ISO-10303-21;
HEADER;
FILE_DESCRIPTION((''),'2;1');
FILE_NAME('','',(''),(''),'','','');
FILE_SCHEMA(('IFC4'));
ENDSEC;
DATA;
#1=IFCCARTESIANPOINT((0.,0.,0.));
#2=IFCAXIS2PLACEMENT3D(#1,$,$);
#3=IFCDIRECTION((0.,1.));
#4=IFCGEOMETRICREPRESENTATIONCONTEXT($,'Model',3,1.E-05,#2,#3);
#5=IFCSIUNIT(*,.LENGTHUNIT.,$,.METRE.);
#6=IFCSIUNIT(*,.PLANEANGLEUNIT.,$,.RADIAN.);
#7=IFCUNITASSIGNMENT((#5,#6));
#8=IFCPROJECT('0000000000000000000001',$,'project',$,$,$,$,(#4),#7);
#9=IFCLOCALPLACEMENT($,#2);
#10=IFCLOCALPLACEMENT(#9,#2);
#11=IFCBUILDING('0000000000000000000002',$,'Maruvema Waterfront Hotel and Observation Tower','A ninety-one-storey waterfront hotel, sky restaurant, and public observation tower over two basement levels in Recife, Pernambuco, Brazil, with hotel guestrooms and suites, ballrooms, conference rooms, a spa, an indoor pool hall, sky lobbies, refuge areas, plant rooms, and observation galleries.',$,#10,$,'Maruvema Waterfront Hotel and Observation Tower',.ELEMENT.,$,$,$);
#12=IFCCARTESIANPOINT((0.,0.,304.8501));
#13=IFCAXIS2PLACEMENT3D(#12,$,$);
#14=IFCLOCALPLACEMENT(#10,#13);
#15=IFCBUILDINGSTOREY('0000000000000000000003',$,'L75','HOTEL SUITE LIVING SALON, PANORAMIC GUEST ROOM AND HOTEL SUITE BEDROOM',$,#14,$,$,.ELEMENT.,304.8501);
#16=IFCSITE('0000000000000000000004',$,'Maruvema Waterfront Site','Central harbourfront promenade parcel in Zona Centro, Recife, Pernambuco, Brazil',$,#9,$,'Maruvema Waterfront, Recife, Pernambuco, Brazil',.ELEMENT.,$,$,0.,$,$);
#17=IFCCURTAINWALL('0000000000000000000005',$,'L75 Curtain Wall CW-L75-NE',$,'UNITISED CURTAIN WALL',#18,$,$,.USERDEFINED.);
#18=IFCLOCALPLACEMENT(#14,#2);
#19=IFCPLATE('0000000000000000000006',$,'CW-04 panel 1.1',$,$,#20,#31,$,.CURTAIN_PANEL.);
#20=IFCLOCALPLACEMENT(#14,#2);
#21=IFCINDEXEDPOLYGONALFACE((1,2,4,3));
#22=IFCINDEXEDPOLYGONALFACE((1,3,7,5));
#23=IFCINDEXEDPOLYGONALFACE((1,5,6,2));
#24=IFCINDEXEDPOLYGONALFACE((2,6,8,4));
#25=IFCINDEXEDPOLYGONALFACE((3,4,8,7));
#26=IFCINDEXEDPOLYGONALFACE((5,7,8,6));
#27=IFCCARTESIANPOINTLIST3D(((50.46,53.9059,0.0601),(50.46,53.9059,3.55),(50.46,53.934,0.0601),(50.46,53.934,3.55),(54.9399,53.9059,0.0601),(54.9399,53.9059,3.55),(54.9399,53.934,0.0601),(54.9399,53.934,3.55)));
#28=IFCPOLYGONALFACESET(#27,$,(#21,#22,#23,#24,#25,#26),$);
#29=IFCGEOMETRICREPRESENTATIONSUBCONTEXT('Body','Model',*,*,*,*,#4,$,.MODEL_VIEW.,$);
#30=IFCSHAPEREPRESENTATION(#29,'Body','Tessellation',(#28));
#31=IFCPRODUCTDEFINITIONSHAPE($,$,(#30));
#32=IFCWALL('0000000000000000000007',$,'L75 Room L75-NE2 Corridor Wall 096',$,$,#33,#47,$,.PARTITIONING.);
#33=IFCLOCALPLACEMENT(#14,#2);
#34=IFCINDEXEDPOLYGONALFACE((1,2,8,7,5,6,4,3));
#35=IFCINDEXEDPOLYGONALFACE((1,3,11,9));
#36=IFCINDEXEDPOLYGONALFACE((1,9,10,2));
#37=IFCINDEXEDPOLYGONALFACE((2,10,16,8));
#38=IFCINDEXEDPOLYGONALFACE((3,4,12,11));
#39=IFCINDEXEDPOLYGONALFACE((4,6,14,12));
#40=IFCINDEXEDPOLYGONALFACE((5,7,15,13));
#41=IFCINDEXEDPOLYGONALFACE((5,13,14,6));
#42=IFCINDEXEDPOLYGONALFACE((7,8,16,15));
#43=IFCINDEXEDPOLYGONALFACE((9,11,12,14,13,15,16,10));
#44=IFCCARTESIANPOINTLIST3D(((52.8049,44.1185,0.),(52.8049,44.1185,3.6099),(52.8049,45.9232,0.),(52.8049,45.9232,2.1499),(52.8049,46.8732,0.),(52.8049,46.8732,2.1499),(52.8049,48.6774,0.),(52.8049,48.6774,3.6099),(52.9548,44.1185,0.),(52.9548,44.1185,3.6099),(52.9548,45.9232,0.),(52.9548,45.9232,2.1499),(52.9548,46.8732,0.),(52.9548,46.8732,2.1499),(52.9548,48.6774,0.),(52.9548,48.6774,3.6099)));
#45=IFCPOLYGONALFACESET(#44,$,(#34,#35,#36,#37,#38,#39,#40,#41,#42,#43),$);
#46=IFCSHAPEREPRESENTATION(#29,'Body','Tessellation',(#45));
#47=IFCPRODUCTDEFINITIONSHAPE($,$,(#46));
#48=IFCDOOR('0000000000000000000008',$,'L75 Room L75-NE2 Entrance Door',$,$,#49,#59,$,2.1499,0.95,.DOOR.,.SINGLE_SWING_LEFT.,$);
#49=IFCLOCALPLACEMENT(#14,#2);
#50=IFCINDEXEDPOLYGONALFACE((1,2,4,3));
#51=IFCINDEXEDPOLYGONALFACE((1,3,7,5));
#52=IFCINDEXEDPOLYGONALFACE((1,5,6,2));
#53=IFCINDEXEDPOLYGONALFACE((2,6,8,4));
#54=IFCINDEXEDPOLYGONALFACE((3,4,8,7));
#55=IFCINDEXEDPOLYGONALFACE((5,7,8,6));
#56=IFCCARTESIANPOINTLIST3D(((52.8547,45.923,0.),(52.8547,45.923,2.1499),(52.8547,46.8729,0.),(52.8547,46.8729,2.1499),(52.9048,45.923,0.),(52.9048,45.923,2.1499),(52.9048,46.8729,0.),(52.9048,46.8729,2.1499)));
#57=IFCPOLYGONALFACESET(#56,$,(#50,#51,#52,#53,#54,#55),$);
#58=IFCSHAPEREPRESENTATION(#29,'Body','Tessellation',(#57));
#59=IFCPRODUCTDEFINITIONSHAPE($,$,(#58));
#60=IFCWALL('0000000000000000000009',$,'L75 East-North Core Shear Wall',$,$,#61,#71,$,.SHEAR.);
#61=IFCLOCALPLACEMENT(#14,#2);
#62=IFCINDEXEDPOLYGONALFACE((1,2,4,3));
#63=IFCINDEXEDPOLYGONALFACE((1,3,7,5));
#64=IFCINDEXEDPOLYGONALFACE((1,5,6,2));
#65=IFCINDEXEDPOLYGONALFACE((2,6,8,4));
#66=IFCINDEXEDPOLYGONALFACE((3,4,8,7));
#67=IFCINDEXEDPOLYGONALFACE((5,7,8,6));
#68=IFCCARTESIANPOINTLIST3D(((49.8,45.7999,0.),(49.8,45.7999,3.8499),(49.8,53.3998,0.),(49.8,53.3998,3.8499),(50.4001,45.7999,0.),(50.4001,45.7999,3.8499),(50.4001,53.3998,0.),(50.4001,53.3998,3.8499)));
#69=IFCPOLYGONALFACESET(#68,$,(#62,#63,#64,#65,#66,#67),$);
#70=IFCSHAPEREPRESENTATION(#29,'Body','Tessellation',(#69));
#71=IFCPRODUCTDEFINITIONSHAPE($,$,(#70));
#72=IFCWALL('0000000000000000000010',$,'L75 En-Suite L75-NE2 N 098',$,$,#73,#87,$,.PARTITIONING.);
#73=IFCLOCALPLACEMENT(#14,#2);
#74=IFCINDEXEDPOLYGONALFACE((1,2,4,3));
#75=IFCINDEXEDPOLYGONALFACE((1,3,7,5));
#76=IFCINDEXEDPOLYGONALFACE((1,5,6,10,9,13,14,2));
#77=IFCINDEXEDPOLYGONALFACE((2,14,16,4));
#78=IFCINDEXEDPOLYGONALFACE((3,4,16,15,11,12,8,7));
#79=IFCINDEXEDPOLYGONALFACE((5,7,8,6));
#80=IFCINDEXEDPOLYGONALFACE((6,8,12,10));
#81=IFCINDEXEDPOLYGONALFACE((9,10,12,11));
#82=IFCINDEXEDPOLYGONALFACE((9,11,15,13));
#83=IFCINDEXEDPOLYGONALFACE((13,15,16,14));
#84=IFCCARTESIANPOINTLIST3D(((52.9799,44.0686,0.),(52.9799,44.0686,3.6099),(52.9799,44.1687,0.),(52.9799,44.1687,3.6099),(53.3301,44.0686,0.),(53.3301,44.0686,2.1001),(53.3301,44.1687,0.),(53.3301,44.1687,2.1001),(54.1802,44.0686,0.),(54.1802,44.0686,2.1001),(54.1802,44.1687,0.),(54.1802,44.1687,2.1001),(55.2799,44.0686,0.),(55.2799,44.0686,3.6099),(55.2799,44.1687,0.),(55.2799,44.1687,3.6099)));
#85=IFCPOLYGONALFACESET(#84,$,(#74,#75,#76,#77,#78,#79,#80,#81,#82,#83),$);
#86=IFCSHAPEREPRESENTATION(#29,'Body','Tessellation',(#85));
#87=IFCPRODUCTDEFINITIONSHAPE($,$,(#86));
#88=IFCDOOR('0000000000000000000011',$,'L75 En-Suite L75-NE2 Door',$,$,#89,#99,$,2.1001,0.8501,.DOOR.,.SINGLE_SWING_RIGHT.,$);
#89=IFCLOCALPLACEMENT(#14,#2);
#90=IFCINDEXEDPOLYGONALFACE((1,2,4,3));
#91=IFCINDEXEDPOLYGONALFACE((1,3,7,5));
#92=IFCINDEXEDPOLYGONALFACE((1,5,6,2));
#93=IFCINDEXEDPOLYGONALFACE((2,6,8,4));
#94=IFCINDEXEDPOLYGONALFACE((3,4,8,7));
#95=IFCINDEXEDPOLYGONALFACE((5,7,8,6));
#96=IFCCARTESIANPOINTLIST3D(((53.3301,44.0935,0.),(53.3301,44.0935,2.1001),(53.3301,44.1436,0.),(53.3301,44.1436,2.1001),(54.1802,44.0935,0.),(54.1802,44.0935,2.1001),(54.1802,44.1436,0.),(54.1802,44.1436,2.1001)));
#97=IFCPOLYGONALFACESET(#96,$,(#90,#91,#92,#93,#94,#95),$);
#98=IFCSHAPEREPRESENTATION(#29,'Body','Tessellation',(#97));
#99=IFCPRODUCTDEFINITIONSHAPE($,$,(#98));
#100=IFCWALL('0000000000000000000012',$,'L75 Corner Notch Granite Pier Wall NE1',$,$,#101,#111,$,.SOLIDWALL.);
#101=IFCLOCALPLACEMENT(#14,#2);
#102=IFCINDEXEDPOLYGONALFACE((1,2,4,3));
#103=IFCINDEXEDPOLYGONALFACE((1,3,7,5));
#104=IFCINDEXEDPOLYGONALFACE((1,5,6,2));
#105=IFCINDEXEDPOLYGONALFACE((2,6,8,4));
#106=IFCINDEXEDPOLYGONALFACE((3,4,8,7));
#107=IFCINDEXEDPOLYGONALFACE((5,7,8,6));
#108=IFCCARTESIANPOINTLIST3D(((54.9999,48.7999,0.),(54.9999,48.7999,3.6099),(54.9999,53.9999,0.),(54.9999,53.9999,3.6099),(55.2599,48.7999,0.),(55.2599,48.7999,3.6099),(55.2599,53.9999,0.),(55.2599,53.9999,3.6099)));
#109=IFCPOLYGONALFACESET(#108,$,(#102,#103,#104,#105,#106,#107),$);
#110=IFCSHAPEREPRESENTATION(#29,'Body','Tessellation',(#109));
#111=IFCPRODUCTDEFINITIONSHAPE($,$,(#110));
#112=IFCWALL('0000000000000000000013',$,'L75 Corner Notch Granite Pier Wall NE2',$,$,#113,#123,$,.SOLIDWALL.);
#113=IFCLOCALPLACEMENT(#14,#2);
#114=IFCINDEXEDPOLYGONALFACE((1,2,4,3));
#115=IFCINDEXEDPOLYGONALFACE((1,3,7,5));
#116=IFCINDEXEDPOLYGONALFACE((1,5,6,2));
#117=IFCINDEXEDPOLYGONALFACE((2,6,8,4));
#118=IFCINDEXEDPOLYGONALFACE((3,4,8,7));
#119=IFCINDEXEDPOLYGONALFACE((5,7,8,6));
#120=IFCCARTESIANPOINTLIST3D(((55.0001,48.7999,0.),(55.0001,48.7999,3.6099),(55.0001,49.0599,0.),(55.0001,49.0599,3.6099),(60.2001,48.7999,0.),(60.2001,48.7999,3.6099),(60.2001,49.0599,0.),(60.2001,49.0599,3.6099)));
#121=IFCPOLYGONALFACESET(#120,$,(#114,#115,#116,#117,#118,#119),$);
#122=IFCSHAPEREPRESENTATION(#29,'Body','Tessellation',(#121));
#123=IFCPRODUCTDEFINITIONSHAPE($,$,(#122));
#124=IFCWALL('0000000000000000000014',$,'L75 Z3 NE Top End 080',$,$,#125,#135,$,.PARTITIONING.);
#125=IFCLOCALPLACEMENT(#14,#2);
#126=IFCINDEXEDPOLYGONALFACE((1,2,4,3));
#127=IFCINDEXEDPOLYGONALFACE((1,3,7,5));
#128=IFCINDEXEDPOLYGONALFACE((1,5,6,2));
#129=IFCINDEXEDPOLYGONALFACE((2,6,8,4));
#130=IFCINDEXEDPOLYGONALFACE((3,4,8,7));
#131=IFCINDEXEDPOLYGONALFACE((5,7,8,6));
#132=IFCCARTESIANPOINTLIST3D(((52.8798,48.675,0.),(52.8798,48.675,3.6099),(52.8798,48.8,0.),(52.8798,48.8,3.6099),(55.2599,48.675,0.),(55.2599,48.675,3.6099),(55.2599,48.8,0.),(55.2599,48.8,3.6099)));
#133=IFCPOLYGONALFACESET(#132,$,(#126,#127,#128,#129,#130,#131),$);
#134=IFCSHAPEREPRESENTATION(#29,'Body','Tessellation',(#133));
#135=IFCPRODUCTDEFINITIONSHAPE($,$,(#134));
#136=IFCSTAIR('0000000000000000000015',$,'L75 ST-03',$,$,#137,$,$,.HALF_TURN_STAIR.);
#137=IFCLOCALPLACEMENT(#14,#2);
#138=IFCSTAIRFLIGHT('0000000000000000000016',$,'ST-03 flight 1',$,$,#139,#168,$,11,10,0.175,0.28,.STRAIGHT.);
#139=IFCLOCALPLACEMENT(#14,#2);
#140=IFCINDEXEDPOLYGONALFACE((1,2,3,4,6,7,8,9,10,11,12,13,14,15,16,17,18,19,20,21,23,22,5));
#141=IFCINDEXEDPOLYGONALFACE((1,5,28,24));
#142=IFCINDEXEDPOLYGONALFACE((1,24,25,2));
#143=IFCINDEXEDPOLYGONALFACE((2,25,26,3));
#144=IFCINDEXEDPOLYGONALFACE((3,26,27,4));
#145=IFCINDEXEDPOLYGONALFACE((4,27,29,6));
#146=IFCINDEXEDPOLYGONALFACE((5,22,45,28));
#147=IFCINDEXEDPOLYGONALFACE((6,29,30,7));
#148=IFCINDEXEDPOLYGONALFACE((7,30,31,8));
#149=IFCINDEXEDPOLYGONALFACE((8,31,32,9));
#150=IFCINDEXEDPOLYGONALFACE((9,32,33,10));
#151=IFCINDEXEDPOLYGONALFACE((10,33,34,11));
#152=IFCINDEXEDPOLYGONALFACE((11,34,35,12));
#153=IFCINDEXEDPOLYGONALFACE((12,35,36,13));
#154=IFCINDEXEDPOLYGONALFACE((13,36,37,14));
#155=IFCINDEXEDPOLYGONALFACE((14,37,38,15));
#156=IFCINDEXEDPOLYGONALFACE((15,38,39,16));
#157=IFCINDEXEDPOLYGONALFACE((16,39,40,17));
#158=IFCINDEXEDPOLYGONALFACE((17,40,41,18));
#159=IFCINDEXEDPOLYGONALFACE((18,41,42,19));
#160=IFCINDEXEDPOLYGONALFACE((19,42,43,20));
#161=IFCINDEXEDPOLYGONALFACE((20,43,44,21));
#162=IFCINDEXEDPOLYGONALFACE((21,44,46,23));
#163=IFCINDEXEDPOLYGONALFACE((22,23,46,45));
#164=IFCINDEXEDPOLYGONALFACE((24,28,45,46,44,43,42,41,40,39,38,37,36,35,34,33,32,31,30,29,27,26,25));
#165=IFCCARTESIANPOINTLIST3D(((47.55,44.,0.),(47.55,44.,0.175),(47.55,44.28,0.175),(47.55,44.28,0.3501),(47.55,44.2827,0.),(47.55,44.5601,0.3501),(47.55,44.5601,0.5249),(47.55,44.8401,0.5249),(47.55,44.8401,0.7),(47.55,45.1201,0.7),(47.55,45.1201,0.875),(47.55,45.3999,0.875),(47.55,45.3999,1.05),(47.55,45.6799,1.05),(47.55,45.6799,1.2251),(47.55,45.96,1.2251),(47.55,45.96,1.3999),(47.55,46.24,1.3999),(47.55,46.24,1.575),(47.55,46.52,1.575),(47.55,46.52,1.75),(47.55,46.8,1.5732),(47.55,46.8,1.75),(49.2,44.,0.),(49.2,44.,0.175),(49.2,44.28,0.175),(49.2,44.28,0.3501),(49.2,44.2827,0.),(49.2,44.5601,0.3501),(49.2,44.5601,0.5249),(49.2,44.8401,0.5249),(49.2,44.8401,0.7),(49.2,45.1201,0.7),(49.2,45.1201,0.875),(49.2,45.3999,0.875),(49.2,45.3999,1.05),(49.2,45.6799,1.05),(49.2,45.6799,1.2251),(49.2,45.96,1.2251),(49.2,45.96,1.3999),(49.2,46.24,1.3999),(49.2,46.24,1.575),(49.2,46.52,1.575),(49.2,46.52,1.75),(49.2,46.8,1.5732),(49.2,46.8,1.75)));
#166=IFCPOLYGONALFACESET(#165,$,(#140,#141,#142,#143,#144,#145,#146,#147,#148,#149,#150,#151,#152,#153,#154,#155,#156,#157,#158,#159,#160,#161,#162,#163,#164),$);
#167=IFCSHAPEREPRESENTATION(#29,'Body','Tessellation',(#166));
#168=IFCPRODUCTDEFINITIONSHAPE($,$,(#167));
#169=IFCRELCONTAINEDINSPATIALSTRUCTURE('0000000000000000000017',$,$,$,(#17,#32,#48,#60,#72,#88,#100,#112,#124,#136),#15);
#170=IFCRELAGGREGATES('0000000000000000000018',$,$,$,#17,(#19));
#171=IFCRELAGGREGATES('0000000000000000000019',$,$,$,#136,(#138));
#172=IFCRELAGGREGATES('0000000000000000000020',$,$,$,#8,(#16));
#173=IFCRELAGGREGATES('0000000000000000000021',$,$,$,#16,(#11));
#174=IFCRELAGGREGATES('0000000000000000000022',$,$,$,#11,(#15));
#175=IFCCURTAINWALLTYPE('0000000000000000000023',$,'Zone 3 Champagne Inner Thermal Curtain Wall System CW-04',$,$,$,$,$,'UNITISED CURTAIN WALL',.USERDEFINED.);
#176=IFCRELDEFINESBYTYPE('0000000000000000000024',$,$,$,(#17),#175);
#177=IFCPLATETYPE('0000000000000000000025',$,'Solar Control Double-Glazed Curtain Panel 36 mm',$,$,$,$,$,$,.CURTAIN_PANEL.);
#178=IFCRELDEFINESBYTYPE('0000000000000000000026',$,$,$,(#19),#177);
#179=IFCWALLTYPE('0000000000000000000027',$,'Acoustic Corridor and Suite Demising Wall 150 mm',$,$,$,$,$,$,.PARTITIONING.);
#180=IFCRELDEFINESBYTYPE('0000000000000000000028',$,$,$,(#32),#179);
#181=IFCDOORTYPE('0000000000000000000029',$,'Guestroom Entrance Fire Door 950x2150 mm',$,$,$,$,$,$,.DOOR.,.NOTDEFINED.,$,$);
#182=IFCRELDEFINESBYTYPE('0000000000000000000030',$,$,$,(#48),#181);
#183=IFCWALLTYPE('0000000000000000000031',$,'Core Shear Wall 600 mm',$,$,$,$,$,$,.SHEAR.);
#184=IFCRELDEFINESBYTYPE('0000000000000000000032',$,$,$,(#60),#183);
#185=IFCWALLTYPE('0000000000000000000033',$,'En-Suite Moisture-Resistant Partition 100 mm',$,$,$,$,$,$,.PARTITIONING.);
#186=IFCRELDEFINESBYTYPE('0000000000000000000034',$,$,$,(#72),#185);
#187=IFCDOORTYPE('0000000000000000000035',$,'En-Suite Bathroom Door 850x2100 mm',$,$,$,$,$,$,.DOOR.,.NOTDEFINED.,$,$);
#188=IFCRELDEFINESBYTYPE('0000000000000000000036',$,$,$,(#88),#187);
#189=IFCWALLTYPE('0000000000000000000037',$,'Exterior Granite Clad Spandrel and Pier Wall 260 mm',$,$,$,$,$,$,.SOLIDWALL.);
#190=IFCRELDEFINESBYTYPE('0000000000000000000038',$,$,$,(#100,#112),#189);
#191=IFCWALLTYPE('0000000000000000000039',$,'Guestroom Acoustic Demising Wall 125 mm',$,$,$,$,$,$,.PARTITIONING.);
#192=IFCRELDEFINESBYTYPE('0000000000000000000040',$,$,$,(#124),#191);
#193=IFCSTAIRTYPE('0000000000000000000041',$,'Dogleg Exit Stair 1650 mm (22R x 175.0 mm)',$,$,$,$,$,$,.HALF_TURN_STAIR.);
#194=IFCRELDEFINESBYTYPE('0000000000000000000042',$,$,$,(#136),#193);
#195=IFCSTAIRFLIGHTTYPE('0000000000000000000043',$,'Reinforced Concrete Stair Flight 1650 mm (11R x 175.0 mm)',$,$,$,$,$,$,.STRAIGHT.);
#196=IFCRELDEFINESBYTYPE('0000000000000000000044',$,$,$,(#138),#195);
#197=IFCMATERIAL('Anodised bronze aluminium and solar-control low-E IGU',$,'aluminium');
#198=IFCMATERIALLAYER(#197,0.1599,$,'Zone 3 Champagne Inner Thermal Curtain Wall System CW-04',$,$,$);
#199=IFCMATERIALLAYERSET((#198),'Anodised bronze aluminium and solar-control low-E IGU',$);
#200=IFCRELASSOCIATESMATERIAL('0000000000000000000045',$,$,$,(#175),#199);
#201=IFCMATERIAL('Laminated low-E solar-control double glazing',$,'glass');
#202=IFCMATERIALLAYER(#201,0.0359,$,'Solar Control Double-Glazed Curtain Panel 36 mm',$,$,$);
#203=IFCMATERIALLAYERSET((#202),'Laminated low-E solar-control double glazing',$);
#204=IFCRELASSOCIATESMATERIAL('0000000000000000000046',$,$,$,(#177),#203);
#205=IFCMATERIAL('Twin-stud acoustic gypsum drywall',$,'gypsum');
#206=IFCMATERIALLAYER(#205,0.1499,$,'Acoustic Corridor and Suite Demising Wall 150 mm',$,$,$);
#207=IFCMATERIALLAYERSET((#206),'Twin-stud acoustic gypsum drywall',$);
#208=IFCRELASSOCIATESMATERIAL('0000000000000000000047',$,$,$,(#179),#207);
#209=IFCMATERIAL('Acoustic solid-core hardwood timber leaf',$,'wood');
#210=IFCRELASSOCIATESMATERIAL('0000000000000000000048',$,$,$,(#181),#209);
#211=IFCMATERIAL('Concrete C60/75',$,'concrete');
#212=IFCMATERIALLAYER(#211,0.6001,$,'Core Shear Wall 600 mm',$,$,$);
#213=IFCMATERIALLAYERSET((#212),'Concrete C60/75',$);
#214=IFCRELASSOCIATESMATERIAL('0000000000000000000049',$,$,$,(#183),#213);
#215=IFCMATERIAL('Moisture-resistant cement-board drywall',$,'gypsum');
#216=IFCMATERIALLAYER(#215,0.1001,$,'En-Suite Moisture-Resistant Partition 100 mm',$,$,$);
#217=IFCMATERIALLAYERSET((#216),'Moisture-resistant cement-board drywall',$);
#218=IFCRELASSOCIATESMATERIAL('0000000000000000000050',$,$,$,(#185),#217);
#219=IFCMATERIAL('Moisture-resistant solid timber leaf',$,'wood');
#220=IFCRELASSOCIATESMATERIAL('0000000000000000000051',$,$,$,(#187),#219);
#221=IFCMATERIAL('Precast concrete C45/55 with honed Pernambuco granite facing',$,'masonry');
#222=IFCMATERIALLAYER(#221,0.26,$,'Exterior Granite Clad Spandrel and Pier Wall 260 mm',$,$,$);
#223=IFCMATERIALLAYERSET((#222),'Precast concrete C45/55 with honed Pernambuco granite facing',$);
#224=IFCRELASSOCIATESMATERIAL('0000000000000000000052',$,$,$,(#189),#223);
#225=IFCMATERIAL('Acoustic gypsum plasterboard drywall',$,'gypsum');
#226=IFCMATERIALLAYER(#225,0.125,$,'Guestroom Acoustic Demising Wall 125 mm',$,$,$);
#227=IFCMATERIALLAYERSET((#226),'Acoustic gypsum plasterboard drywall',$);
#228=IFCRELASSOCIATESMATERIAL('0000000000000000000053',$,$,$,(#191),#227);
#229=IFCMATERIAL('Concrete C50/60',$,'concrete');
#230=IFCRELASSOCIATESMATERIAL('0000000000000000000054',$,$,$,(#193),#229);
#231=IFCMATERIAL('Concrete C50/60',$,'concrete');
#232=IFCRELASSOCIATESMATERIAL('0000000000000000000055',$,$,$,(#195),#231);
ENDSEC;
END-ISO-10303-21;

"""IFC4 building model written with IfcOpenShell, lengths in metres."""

from ifc_helpers import new_model, si_unit, direction, frame, frame_2d, origin, origin_2d, place, context, subcontext, project, spatial, polyline, rectangle, outline, extrude, material, layer, layer_set, type_object, element, fill, aggregate, save


model = new_model("IFC4")

# Units and contexts
model_context = context("Model", 3, precision=1e-05, world=origin(), true_north=direction((0.0, 1.0)))
body_context = subcontext(model_context, "Body", "Model", "MODEL_VIEW")
ifc_project = project(units=[si_unit("LENGTHUNIT", "METRE"), si_unit("PLANEANGLEUNIT", "RADIAN")], contexts=[model_context])

# Site, building, storey
site_placement = place(None, origin())
site = spatial("IfcSite", under=ifc_project, at=site_placement, Name="Maruvema Waterfront Site", Description="Central harbourfront promenade parcel in Zona Centro, Recife, Pernambuco, Brazil", LongName="Maruvema Waterfront, Recife, Pernambuco, Brazil", CompositionType="ELEMENT", RefElevation=0.0)
building_placement = place(site_placement, origin())
building = spatial("IfcBuilding", under=site, at=building_placement, Name="Maruvema Waterfront Hotel and Observation Tower", Description="A ninety-one-storey waterfront hotel, sky restaurant, and public observation tower over two basement levels in Recife, Pernambuco, Brazil, with hotel guestrooms and suites, ballrooms, conference rooms, a spa, an indoor pool hall, sky lobbies, refuge areas, plant rooms, and observation galleries.", LongName="Maruvema Waterfront Hotel and Observation Tower", CompositionType="ELEMENT")
storey_placement = place(building_placement, frame((0.0, 0.0, 304.8501)))
storey = spatial("IfcBuildingStorey", under=building, at=storey_placement, Name="L75", Description="HOTEL SUITE LIVING SALON, PANORAMIC GUEST ROOM AND HOTEL SUITE BEDROOM", CompositionType="ELEMENT", Elevation=304.8501)

# Curtain wall
ifc_material_1 = material(Name="Anodised bronze aluminium and solar-control low-E IGU", Category="aluminium")
ifc_layer_1 = layer(ifc_material_1, 0.1599, Name="Zone 3 Champagne Inner Thermal Curtain Wall System CW-04")
ifc_layer_set_1 = layer_set([ifc_layer_1], Name="Anodised bronze aluminium and solar-control low-E IGU")
curtain_wall_type = type_object("IfcCurtainWallType", Name="Zone 3 Champagne Inner Thermal Curtain Wall System CW-04", ElementType="UNITISED CURTAIN WALL", PredefinedType="USERDEFINED", material=ifc_layer_set_1)
curtain_wall_1_placement = place(storey_placement, origin())
curtain_wall_1 = element("IfcCurtainWall", 1, at=curtain_wall_1_placement, inside=storey, type_object=curtain_wall_type, Name="L75 Curtain Wall CW-L75-NE", ObjectType="UNITISED CURTAIN WALL", PredefinedType="USERDEFINED")

# Plate
ifc_material_2 = material(Name="Laminated low-E solar-control double glazing", Category="glass")
ifc_layer_2 = layer(ifc_material_2, 0.0359, Name="Solar Control Double-Glazed Curtain Panel 36 mm")
ifc_layer_set_2 = layer_set([ifc_layer_2], Name="Laminated low-E solar-control double glazing")
plate_type = type_object("IfcPlateType", Name="Solar Control Double-Glazed Curtain Panel 36 mm", PredefinedType="CURTAIN_PANEL", material=ifc_layer_set_2)
plate_1_placement = place(storey_placement, frame((52.7, 53.9199, 0.0601), z_axis=(0.0, 0.0, 1.0), x_axis=(-1.0, 0.0, 0.0)))
plate_1 = element("IfcPlate", 2, at=plate_1_placement, type_object=plate_type, Name="CW-04 panel 1.1", PredefinedType="CURTAIN_PANEL", context=body_context, shape_type="SweptSolid", body=[
    extrude(rectangle(XDim=4.48, YDim=0.0281, at=origin_2d()), origin(), (0.0, 0.0, 1.0), 3.49),
])
aggregate(curtain_wall_1, [plate_1])

# Wall, opening, door
ifc_material_3 = material(Name="Twin-stud acoustic gypsum drywall", Category="gypsum")
ifc_layer_3 = layer(ifc_material_3, 0.1499, Name="Acoustic Corridor and Suite Demising Wall 150 mm")
ifc_layer_set_3 = layer_set([ifc_layer_3], Name="Twin-stud acoustic gypsum drywall")
wall_type_1 = type_object("IfcWallType", Name="Acoustic Corridor and Suite Demising Wall 150 mm", PredefinedType="PARTITIONING", material=ifc_layer_set_3)
wall_1_placement = place(storey_placement, frame((52.8799, 44.1187, 0.0), z_axis=(0.0, 0.0, 1.0), x_axis=(0.0, 1.0, 0.0)))
wall_1 = element("IfcWall", 3, at=wall_1_placement, inside=storey, type_object=wall_type_1, Name="L75 Room L75-NE2 Corridor Wall 096", PredefinedType="PARTITIONING", context=body_context, shape_type="SweptSolid", body=[
    extrude(rectangle(XDim=4.5588, YDim=0.1499, at=frame_2d((2.2793, 0.0))), origin(), (0.0, 0.0, 1.0), 3.6099),
])
opening_1_placement = place(wall_1_placement, frame((1.8044, 0.0, 0.0)))
opening_1 = element("IfcOpeningElement", 4, at=opening_1_placement, cuts=wall_1, PredefinedType="OPENING", context=body_context, shape_type="SweptSolid", body=[
    extrude(rectangle(XDim=0.95, YDim=2.1499, at=frame_2d((0.4751, 1.075))), frame((0.0, 0.085, 0.0), z_axis=(0.0, -1.0, 0.0), x_axis=(1.0, 0.0, 0.0)), (0.0, 0.0, 1.0), 0.1699),
])
ifc_material_4 = material(Name="Acoustic solid-core hardwood timber leaf", Category="wood")
door_type_1 = type_object("IfcDoorType", Name="Guestroom Entrance Fire Door 950x2150 mm", OperationType="NOTDEFINED", PredefinedType="DOOR", material=ifc_material_4)
door_1_placement = place(opening_1_placement, frame((0.95, 0.0, 0.0), z_axis=(0.0, 0.0, 1.0), x_axis=(-1.0, 0.0, 0.0)))
door_1 = element("IfcDoor", 5, at=door_1_placement, inside=storey, type_object=door_type_1, Name="L75 Room L75-NE2 Entrance Door", OperationType="SINGLE_SWING_LEFT", OverallHeight=2.1499, OverallWidth=0.95, PredefinedType="DOOR", context=body_context, shape_type="SweptSolid", body=[
    extrude(rectangle(XDim=0.95, YDim=2.1499, at=frame_2d((0.4751, 1.075))), frame((0.0, 0.0249, 0.0), z_axis=(0.0, -1.0, 0.0), x_axis=(1.0, 0.0, 0.0)), (0.0, 0.0, 1.0), 0.05),
])
fill(opening_1, door_1)

# Wall
ifc_material_5 = material(Name="Concrete C60/75", Category="concrete")
ifc_layer_4 = layer(ifc_material_5, 0.6001, Name="Core Shear Wall 600 mm")
ifc_layer_set_4 = layer_set([ifc_layer_4], Name="Concrete C60/75")
wall_type_2 = type_object("IfcWallType", Name="Core Shear Wall 600 mm", PredefinedType="SHEAR", material=ifc_layer_set_4)
wall_2_placement = place(storey_placement, frame((50.1001, 45.8, 0.0), z_axis=(0.0, 0.0, 1.0), x_axis=(0.0, 1.0, 0.0)))
element("IfcWall", 6, at=wall_2_placement, inside=storey, type_object=wall_type_2, Name="L75 East-North Core Shear Wall", PredefinedType="SHEAR", context=body_context, shape_type="SweptSolid", body=[
    extrude(rectangle(XDim=7.5999, YDim=0.6001, at=frame_2d((3.7998, 0.0))), origin(), (0.0, 0.0, 1.0), 3.8499),
])

# Wall, opening, door
ifc_material_6 = material(Name="Moisture-resistant cement-board drywall", Category="gypsum")
ifc_layer_5 = layer(ifc_material_6, 0.1001, Name="En-Suite Moisture-Resistant Partition 100 mm")
ifc_layer_set_5 = layer_set([ifc_layer_5], Name="Moisture-resistant cement-board drywall")
wall_type_3 = type_object("IfcWallType", Name="En-Suite Moisture-Resistant Partition 100 mm", PredefinedType="PARTITIONING", material=ifc_layer_set_5)
wall_3_placement = place(storey_placement, frame((52.98, 44.1187, 0.0), z_axis=(0.0, 0.0, 1.0), x_axis=(1.0, 0.0, 0.0)))
wall_3 = element("IfcWall", 7, at=wall_3_placement, inside=storey, type_object=wall_type_3, Name="L75 En-Suite L75-NE2 N 098", PredefinedType="PARTITIONING", context=body_context, shape_type="SweptSolid", body=[
    extrude(rectangle(XDim=2.3, YDim=0.1001, at=frame_2d((1.1499, 0.0))), origin(), (0.0, 0.0, 1.0), 3.6099),
])
opening_2_placement = place(wall_3_placement, frame((0.3501, 0.0, 0.0)))
opening_2 = element("IfcOpeningElement", 8, at=opening_2_placement, cuts=wall_3, PredefinedType="OPENING", context=body_context, shape_type="SweptSolid", body=[
    extrude(rectangle(XDim=0.8501, YDim=2.1001, at=frame_2d((0.425, 1.05))), frame((0.0, 0.0601, 0.0), z_axis=(0.0, -1.0, 0.0), x_axis=(1.0, 0.0, 0.0)), (0.0, 0.0, 1.0), 0.1201),
])
ifc_material_7 = material(Name="Moisture-resistant solid timber leaf", Category="wood")
door_type_2 = type_object("IfcDoorType", Name="En-Suite Bathroom Door 850x2100 mm", OperationType="NOTDEFINED", PredefinedType="DOOR", material=ifc_material_7)
door_2_placement = place(opening_2_placement, origin())
door_2 = element("IfcDoor", 9, at=door_2_placement, inside=storey, type_object=door_type_2, Name="L75 En-Suite L75-NE2 Door", OperationType="SINGLE_SWING_RIGHT", OverallHeight=2.1001, OverallWidth=0.8501, PredefinedType="DOOR", context=body_context, shape_type="SweptSolid", body=[
    extrude(rectangle(XDim=0.8501, YDim=2.1001, at=frame_2d((0.425, 1.05))), frame((0.0, 0.0249, 0.0), z_axis=(0.0, -1.0, 0.0), x_axis=(1.0, 0.0, 0.0)), (0.0, 0.0, 1.0), 0.05),
])
fill(opening_2, door_2)

# Walls
ifc_material_8 = material(Name="Precast concrete C45/55 with honed Pernambuco granite facing", Category="masonry")
ifc_layer_6 = layer(ifc_material_8, 0.26, Name="Exterior Granite Clad Spandrel and Pier Wall 260 mm")
ifc_layer_set_6 = layer_set([ifc_layer_6], Name="Precast concrete C45/55 with honed Pernambuco granite facing")
wall_type_4 = type_object("IfcWallType", Name="Exterior Granite Clad Spandrel and Pier Wall 260 mm", PredefinedType="SOLIDWALL", material=ifc_layer_set_6)
for number, where, z_axis, x_axis, name in (
    (10, (55.1299, 54.0, 0.0), (0.0, 0.0, 1.0), (0.0, -1.0, 0.0), "L75 Corner Notch Granite Pier Wall NE1"),
    (11, (55.0, 48.9299, 0.0), (0.0, 0.0, 1.0), (1.0, 0.0, 0.0), "L75 Corner Notch Granite Pier Wall NE2"),
):
    element("IfcWall", number, at=place(storey_placement, frame(where, z_axis=z_axis, x_axis=x_axis)), inside=storey, type_object=wall_type_4, Name=name, PredefinedType="SOLIDWALL", context=body_context, shape_type="SweptSolid", body=[
        extrude(rectangle(XDim=5.2, YDim=0.26, at=frame_2d((2.6001, 0.0))), origin(), (0.0, 0.0, 1.0), 3.6099),
    ])
ifc_material_9 = material(Name="Acoustic gypsum plasterboard drywall", Category="gypsum")
ifc_layer_7 = layer(ifc_material_9, 0.125, Name="Guestroom Acoustic Demising Wall 125 mm")
ifc_layer_set_7 = layer_set([ifc_layer_7], Name="Acoustic gypsum plasterboard drywall")
wall_type_5 = type_object("IfcWallType", Name="Guestroom Acoustic Demising Wall 125 mm", PredefinedType="PARTITIONING", material=ifc_layer_set_7)
wall_4_placement = place(storey_placement, frame((52.8799, 48.7375, 0.0), z_axis=(0.0, 0.0, 1.0), x_axis=(1.0, 0.0, 0.0)))
element("IfcWall", 12, at=wall_4_placement, inside=storey, type_object=wall_type_5, Name="L75 Z3 NE Top End 080", PredefinedType="PARTITIONING", context=body_context, shape_type="SweptSolid", body=[
    extrude(rectangle(XDim=2.3801, YDim=0.125, at=frame_2d((1.1899, 0.0))), origin(), (0.0, 0.0, 1.0), 3.6099),
])

# Stair, stair flight
ifc_material_10 = material(Name="Concrete C50/60", Category="concrete")
stair_type = type_object("IfcStairType", Name="Dogleg Exit Stair 1650 mm (22R x 175.0 mm)", PredefinedType="HALF_TURN_STAIR", material=ifc_material_10)
stair_placement = place(storey_placement, origin())
stair = element("IfcStair", 13, at=stair_placement, inside=storey, type_object=stair_type, Name="L75 ST-03", PredefinedType="HALF_TURN_STAIR")
ifc_material_11 = material(Name="Concrete C50/60", Category="concrete")
stair_flight_type = type_object("IfcStairFlightType", Name="Reinforced Concrete Stair Flight 1650 mm (11R x 175.0 mm)", PredefinedType="STRAIGHT", material=ifc_material_11)
stair_flight_placement = place(storey_placement, frame((48.375, 44.0, 0.0), z_axis=(0.0, 0.0, 1.0), x_axis=(0.0, 1.0, 0.0)))
stair_flight = element("IfcStairFlight", 14, at=stair_flight_placement, type_object=stair_flight_type, Name="ST-03 flight 1", NumberOfRisers=11, NumberOfTreads=10, PredefinedType="STRAIGHT", RiserHeight=0.175, TreadLength=0.28, context=body_context, shape_type="SweptSolid", body=[
    extrude(outline(polyline([(0.0, 0.0), (0.0, 0.175), (0.28, 0.175), (0.28, 0.3501), (0.5601, 0.3501), (0.5601, 0.5249), (0.8401, 0.5249), (0.8401, 0.7), (1.1201, 0.7), (1.1201, 0.875), (1.3999, 0.875), (1.3999, 1.05), (1.6799, 1.05), (1.6799, 1.2251), (1.96, 1.2251), (1.96, 1.3999), (2.24, 1.3999), (2.24, 1.575), (2.52, 1.575), (2.52, 1.75), (2.8, 1.75), (2.8, 1.925), (2.8, 1.5732), (0.2827, 0.0), (0.0, 0.0)])), frame((0.0, 0.825, 0.0), z_axis=(0.0, -1.0, 0.0), x_axis=(1.0, 0.0, 0.0)), (0.0, 0.0, 1.0), 1.6499),
])
aggregate(stair, [stair_flight])

save(model, "model.ifc")
